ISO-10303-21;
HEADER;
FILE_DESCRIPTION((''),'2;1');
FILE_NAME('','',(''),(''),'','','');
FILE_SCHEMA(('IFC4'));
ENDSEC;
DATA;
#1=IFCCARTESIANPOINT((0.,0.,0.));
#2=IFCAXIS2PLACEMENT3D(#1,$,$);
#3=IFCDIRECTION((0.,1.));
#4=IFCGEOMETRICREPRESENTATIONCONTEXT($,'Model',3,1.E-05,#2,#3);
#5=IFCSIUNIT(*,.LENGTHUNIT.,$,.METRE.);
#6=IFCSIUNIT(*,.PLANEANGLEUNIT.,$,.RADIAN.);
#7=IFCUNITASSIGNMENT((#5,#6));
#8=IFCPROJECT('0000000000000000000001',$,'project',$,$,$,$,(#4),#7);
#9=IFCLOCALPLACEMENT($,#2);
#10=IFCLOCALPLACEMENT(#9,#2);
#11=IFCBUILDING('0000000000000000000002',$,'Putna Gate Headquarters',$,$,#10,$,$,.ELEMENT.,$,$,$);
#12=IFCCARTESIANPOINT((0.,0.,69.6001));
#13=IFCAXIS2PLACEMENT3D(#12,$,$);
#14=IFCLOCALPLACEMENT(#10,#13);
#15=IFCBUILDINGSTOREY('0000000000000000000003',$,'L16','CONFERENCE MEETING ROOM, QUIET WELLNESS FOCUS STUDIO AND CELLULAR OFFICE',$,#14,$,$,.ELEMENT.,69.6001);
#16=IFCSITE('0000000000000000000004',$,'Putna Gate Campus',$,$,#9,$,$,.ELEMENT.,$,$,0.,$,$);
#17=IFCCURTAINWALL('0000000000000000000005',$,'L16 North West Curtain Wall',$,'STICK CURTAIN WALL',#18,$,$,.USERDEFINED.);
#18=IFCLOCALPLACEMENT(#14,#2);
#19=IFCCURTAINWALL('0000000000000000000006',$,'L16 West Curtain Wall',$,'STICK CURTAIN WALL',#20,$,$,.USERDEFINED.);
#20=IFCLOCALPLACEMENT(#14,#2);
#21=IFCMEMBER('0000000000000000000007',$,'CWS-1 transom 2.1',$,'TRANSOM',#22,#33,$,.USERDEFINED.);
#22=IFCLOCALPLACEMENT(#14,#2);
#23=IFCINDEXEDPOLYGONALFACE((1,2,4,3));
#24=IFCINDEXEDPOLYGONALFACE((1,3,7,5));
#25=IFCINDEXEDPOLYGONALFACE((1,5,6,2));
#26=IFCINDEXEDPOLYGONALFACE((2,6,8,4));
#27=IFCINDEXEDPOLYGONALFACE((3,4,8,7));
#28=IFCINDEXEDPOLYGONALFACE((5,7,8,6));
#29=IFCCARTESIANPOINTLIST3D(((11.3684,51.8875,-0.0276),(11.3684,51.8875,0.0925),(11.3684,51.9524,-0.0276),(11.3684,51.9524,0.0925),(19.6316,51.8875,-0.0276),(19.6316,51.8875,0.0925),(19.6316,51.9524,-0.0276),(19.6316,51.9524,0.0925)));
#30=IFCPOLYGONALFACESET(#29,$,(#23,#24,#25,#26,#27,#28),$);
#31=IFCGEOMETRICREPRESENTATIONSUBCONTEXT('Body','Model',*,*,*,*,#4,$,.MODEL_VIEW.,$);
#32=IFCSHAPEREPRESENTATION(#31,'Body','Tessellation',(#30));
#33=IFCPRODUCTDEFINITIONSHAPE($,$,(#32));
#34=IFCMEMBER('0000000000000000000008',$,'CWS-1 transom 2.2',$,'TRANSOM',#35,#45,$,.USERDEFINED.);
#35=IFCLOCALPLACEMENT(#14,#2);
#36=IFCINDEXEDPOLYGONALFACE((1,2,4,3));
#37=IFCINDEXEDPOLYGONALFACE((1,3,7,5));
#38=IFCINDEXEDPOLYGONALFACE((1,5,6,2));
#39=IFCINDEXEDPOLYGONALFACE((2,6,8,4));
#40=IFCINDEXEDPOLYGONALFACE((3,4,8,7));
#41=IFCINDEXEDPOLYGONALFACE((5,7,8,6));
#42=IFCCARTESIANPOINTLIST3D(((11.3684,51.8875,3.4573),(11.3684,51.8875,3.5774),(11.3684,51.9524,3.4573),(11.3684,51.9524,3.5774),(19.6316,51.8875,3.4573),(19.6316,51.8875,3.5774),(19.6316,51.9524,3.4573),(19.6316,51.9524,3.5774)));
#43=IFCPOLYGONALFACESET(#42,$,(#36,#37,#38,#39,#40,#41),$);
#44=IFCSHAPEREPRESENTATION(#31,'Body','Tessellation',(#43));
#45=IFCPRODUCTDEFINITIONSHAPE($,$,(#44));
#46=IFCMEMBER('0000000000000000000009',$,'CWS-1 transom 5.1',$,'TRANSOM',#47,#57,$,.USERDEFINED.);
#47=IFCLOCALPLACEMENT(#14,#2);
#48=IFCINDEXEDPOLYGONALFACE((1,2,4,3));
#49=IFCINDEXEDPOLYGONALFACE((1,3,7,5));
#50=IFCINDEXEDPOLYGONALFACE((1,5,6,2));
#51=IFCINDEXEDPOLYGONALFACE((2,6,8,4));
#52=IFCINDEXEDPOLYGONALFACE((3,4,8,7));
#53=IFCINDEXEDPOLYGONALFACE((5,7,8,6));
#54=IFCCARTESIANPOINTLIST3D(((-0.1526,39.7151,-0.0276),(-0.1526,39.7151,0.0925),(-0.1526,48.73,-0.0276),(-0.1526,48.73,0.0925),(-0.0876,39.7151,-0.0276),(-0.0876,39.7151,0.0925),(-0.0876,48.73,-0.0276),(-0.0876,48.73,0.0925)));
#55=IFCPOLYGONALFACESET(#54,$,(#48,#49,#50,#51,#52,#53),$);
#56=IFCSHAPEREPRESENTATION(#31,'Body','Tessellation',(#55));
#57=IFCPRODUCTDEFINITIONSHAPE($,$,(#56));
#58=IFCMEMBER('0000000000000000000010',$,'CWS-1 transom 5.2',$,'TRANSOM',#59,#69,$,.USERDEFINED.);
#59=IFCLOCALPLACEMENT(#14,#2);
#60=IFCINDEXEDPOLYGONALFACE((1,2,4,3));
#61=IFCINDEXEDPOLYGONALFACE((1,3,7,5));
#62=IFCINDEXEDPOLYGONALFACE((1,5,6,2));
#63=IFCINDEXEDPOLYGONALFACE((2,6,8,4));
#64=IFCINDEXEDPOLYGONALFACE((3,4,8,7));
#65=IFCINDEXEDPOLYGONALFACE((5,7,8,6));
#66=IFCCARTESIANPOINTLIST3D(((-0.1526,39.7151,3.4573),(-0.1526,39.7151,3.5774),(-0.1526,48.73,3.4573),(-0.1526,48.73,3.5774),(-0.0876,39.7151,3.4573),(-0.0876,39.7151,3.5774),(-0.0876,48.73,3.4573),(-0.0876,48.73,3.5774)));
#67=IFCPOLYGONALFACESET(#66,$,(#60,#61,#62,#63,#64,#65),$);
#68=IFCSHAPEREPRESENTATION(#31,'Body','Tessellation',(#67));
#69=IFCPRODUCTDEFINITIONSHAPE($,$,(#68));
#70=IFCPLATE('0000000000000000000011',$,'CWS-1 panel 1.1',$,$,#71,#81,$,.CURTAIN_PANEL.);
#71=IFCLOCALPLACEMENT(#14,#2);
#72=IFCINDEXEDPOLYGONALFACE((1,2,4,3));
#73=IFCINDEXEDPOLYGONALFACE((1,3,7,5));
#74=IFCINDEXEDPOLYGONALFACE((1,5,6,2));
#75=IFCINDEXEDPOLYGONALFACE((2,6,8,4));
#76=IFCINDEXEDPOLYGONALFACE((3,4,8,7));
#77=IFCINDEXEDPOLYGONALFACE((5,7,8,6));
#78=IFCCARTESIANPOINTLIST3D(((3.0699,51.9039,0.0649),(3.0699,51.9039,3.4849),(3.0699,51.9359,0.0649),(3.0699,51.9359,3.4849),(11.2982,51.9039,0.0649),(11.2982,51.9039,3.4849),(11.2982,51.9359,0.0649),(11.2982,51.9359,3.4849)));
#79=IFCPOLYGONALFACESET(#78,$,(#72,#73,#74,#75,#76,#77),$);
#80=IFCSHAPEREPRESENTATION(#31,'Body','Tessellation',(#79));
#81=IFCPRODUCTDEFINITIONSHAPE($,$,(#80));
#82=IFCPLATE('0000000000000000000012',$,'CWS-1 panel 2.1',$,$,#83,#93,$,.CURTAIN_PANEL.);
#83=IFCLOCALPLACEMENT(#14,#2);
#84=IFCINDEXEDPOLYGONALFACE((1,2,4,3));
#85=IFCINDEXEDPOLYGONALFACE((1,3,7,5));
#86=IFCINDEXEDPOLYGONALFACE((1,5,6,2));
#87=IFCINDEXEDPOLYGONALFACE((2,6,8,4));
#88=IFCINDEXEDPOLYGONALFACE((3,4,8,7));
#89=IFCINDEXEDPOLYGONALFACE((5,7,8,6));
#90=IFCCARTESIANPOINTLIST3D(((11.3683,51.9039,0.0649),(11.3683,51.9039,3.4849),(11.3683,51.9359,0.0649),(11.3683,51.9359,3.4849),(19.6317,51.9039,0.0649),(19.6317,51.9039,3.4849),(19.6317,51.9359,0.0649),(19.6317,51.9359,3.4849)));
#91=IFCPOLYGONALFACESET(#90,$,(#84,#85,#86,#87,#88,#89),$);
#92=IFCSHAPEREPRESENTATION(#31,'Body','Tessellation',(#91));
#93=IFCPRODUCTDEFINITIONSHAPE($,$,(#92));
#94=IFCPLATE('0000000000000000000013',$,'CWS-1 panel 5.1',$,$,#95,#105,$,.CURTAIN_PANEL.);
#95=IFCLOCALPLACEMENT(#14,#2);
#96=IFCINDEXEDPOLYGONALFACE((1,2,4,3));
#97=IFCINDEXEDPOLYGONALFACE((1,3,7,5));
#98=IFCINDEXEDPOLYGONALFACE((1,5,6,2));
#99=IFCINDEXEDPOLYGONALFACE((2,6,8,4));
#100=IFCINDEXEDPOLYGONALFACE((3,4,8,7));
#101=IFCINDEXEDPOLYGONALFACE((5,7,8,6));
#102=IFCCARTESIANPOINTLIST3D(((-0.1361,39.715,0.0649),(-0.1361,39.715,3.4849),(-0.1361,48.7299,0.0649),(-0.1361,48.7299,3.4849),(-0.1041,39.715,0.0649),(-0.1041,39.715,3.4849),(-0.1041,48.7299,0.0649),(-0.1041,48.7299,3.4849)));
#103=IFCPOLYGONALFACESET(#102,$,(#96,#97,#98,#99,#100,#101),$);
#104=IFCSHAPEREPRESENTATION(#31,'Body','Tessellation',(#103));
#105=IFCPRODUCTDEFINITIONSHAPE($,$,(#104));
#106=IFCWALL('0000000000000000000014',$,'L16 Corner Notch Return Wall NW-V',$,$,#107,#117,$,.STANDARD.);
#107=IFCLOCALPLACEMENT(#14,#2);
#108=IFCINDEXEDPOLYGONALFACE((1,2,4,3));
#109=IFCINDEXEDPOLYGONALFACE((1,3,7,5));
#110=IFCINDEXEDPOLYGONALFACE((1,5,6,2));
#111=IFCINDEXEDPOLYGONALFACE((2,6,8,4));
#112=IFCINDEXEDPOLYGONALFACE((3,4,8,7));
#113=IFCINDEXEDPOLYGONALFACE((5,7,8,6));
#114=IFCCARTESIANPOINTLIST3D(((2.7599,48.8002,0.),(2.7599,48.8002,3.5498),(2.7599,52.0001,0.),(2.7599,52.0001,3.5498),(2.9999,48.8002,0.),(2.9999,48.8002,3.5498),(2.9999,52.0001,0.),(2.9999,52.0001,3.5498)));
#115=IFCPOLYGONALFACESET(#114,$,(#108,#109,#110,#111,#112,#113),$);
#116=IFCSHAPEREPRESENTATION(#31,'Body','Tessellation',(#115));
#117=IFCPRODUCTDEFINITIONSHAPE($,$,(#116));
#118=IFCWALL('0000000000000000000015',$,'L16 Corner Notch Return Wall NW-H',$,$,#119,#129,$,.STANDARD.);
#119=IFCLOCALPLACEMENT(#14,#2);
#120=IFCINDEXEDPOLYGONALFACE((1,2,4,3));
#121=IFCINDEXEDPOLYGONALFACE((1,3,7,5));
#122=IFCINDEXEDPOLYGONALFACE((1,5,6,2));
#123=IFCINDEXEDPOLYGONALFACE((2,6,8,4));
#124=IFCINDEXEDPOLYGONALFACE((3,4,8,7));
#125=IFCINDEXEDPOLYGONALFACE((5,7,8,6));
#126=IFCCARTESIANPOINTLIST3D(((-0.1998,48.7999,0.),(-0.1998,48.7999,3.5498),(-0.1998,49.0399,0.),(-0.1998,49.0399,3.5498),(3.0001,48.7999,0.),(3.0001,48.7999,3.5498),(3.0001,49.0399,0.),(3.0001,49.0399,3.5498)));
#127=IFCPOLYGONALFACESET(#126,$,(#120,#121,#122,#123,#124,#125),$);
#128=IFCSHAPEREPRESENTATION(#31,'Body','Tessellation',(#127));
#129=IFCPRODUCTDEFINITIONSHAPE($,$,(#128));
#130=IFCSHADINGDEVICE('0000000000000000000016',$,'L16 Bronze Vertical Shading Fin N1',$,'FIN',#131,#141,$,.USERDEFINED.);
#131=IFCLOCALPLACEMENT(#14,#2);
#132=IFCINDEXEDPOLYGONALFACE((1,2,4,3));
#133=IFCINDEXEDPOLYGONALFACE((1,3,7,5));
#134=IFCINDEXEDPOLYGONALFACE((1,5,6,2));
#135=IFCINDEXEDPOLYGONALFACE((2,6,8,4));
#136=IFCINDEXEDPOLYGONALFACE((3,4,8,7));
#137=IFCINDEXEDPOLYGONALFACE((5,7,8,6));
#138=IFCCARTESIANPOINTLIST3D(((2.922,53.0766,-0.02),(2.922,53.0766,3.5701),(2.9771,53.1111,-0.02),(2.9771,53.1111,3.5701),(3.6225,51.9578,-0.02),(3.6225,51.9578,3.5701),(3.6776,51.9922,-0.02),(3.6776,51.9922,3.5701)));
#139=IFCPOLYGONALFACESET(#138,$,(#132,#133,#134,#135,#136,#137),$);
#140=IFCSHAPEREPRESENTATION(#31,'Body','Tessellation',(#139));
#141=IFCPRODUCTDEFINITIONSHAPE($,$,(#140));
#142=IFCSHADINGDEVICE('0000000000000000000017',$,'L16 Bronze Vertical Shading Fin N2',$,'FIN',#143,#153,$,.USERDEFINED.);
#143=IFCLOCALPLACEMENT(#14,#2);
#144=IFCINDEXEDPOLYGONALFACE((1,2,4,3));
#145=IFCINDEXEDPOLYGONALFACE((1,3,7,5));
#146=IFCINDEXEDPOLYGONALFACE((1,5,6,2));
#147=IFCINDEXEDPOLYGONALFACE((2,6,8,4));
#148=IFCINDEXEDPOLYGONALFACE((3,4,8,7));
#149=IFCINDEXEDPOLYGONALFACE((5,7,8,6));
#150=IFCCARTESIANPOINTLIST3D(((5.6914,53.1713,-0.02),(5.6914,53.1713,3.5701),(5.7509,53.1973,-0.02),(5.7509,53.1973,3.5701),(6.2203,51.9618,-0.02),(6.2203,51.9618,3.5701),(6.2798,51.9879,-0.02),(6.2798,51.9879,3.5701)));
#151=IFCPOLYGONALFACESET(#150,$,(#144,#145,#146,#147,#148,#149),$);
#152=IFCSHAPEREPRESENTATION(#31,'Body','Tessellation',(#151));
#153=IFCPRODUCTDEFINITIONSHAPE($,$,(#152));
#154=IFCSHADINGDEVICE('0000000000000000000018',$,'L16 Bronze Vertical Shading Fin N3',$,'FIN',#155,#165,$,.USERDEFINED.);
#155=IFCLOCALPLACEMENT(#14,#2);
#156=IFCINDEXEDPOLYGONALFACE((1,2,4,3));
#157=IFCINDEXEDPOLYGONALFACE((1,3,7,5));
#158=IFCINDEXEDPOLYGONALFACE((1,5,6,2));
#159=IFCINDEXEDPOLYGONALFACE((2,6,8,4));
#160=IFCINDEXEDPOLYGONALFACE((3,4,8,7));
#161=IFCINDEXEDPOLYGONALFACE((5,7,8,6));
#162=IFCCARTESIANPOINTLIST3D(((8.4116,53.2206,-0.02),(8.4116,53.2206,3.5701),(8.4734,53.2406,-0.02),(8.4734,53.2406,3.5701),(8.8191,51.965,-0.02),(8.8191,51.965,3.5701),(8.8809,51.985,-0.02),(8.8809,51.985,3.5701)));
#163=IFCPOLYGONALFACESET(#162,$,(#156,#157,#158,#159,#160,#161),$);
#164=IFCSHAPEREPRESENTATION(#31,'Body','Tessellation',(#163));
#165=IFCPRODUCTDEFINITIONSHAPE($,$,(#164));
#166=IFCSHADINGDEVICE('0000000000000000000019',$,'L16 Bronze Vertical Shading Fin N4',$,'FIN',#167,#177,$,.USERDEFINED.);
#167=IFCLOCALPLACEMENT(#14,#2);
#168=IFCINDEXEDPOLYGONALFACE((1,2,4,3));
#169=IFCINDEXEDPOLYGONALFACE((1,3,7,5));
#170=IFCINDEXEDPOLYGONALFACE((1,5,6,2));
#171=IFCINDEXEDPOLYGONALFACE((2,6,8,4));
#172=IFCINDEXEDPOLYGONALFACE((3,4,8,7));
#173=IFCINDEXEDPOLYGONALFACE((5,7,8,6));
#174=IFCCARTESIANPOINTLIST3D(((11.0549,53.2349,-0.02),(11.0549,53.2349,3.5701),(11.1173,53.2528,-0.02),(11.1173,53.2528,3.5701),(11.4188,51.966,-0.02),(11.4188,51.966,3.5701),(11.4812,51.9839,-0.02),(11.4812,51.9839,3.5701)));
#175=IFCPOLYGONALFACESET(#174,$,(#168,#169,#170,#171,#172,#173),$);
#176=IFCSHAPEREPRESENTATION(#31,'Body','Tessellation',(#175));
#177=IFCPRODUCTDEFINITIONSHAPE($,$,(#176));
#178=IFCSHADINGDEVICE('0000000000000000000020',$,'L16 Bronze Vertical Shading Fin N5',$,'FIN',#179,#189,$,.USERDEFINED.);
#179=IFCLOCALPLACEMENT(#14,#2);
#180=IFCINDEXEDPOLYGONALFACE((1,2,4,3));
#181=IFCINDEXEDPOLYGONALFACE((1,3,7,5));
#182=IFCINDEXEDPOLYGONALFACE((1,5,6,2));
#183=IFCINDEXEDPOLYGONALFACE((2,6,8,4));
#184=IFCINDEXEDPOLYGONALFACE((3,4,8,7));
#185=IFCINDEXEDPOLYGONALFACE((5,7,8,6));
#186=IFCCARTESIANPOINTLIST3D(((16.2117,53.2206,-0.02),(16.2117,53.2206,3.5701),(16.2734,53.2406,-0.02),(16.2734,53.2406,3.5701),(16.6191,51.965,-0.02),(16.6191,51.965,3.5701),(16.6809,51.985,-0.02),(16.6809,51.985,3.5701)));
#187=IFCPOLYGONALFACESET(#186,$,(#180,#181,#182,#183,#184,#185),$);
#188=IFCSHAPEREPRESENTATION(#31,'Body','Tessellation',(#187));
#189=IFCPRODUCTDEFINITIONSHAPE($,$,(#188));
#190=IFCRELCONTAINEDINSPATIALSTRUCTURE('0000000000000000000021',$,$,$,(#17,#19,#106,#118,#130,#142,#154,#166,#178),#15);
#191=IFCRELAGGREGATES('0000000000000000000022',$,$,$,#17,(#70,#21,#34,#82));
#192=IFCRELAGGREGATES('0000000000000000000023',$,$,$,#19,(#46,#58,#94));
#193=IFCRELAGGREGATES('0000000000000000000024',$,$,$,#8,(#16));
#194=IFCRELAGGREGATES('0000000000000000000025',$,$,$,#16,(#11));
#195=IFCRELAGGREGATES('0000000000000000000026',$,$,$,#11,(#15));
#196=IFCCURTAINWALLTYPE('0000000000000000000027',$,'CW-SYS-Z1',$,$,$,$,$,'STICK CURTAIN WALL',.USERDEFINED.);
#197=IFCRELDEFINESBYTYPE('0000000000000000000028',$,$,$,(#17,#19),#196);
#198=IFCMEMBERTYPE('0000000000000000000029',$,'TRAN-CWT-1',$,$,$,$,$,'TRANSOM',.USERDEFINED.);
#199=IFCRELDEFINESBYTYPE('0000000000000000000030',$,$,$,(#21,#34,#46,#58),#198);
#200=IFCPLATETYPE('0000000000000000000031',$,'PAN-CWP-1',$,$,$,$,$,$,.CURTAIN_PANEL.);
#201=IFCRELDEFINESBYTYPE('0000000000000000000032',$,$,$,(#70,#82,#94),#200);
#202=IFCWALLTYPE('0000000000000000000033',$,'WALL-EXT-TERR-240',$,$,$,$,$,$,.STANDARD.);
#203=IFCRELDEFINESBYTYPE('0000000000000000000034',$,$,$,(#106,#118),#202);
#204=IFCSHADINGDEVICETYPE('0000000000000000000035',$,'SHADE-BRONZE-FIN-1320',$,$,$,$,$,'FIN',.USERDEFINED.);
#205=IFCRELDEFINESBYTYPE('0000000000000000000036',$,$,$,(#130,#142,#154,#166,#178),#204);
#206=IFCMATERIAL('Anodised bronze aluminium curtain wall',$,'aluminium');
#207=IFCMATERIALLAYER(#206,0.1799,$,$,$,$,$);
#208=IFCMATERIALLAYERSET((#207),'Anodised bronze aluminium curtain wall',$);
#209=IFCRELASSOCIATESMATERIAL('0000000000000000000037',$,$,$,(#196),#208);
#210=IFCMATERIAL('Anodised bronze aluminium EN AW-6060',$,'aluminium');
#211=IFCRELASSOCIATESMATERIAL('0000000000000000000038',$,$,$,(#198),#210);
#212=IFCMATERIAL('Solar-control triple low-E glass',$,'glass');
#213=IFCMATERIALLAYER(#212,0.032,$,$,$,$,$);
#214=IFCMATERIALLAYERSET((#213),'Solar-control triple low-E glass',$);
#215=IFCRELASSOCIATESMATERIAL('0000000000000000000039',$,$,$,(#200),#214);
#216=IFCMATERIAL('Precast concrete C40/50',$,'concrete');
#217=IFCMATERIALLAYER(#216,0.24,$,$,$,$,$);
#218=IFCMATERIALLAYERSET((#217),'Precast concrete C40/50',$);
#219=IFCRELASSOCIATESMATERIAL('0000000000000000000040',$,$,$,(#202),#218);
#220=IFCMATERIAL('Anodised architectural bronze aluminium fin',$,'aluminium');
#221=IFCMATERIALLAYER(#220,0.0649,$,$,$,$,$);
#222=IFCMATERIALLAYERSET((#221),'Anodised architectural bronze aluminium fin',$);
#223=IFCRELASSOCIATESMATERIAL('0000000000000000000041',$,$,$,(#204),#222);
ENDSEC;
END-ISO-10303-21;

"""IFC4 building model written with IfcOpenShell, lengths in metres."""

from ifc_helpers import new_model, si_unit, direction, frame, frame_2d, origin, origin_2d, place, context, subcontext, project, spatial, rectangle, extrude, material, layer, layer_set, material_profile, profile_set, type_object, element, aggregate, save


model = new_model("IFC4")

# Units and contexts
model_context = context("Model", 3, precision=1e-05, world=origin(), true_north=direction((0.0, 1.0)))
body_context = subcontext(model_context, "Body", "Model", "MODEL_VIEW")
ifc_project = project(units=[si_unit("LENGTHUNIT", "METRE"), si_unit("PLANEANGLEUNIT", "RADIAN")], contexts=[model_context])

# Site, building, storey
site_placement = place(None, origin())
site = spatial("IfcSite", under=ifc_project, at=site_placement, Name="Putna Gate Campus", CompositionType="ELEMENT", RefElevation=0.0)
building_placement = place(site_placement, origin())
building = spatial("IfcBuilding", under=site, at=building_placement, Name="Putna Gate Headquarters", CompositionType="ELEMENT")
storey_placement = place(building_placement, frame((0.0, 0.0, 69.6001)))
storey = spatial("IfcBuildingStorey", under=building, at=storey_placement, Name="L16", Description="CONFERENCE MEETING ROOM, QUIET WELLNESS FOCUS STUDIO AND CELLULAR OFFICE", CompositionType="ELEMENT", Elevation=69.6001)

# Curtain walls
ifc_material_1 = material(Name="Anodised bronze aluminium curtain wall", Category="aluminium")
ifc_layer_1 = layer(ifc_material_1, 0.1799)
ifc_layer_set_1 = layer_set([ifc_layer_1], Name="Anodised bronze aluminium curtain wall")
curtain_wall_type = type_object("IfcCurtainWallType", Name="CW-SYS-Z1", ElementType="STICK CURTAIN WALL", PredefinedType="USERDEFINED", material=ifc_layer_set_1)
curtain_wall_1_placement = place(storey_placement, origin())
curtain_wall_1 = element("IfcCurtainWall", 1, at=curtain_wall_1_placement, inside=storey, type_object=curtain_wall_type, Name="L16 North West Curtain Wall", ObjectType="STICK CURTAIN WALL", PredefinedType="USERDEFINED")
ifc_material_2 = material(Name="Anodised bronze aluminium EN AW-6060", Category="aluminium")
curtain_wall_2_placement = place(storey_placement, origin())
curtain_wall_2 = element("IfcCurtainWall", 2, at=curtain_wall_2_placement, inside=storey, type_object=curtain_wall_type, Name="L16 West Curtain Wall", ObjectType="STICK CURTAIN WALL", PredefinedType="USERDEFINED")

# Members
ifc_material_profile_1 = material_profile(ifc_material_2, rectangle(XDim=0.0649, YDim=0.1201, at=origin_2d()), Name="Anodised bronze aluminium EN AW-6060")
ifc_profile_set_1 = profile_set([ifc_material_profile_1], Name="Anodised bronze aluminium EN AW-6060")
member_type_1 = type_object("IfcMemberType", Name="TRAN-CWT-1", ElementType="TRANSOM", PredefinedType="USERDEFINED", material=ifc_profile_set_1)
member_1_placement = place(storey_placement, frame((11.3684, 51.9199, 0.0325), z_axis=(1.0, 0.0, 0.0), x_axis=(0.0, 1.0, 0.0)))
member_1 = element("IfcMember", 3, at=member_1_placement, type_object=member_type_1, Name="CWS-1 transom 2.1", ObjectType="TRANSOM", PredefinedType="USERDEFINED", context=body_context, shape_type="SweptSolid", body=[
    extrude(rectangle(XDim=0.0649, YDim=0.1201, at=origin_2d()), origin(), (0.0, 0.0, 1.0), 8.2632),
])
member_2_placement = place(storey_placement, frame((11.3684, 51.9199, 3.5173), z_axis=(1.0, 0.0, 0.0), x_axis=(0.0, 1.0, 0.0)))
member_2 = element("IfcMember", 4, at=member_2_placement, type_object=member_type_1, Name="CWS-1 transom 2.2", ObjectType="TRANSOM", PredefinedType="USERDEFINED", context=body_context, shape_type="SweptSolid", body=[
    extrude(rectangle(XDim=0.0649, YDim=0.1201, at=origin_2d()), origin(), (0.0, 0.0, 1.0), 8.2632),
])
member_3_placement = place(storey_placement, frame((-0.1201, 39.7151, 0.0325), z_axis=(0.0, 1.0, 0.0), x_axis=(-1.0, 0.0, 0.0)))
member_3 = element("IfcMember", 5, at=member_3_placement, type_object=member_type_1, Name="CWS-1 transom 5.1", ObjectType="TRANSOM", PredefinedType="USERDEFINED", context=body_context, shape_type="SweptSolid", body=[
    extrude(rectangle(XDim=0.0649, YDim=0.1201, at=origin_2d()), origin(), (0.0, 0.0, 1.0), 9.0149),
])
member_4_placement = place(storey_placement, frame((-0.1201, 39.7151, 3.5173), z_axis=(0.0, 1.0, 0.0), x_axis=(-1.0, 0.0, 0.0)))
member_4 = element("IfcMember", 6, at=member_4_placement, type_object=member_type_1, Name="CWS-1 transom 5.2", ObjectType="TRANSOM", PredefinedType="USERDEFINED", context=body_context, shape_type="SweptSolid", body=[
    extrude(rectangle(XDim=0.0649, YDim=0.1201, at=origin_2d()), origin(), (0.0, 0.0, 1.0), 9.0149),
])

# Plates
ifc_material_3 = material(Name="Solar-control triple low-E glass", Category="glass")
ifc_layer_2 = layer(ifc_material_3, 0.032)
ifc_layer_set_2 = layer_set([ifc_layer_2], Name="Solar-control triple low-E glass")
plate_type = type_object("IfcPlateType", Name="PAN-CWP-1", PredefinedType="CURTAIN_PANEL", material=ifc_layer_set_2)
plate_1_placement = place(storey_placement, frame((7.1841, 51.9199, 0.0649), z_axis=(0.0, 0.0, 1.0), x_axis=(1.0, 0.0, 0.0)))
plate_1 = element("IfcPlate", 7, at=plate_1_placement, type_object=plate_type, Name="CWS-1 panel 1.1", PredefinedType="CURTAIN_PANEL", context=body_context, shape_type="SweptSolid", body=[
    extrude(rectangle(XDim=8.2283, YDim=0.032, at=origin_2d()), origin(), (0.0, 0.0, 1.0), 3.4199),
])
plate_2_placement = place(storey_placement, frame((15.5, 51.9199, 0.0649), z_axis=(0.0, 0.0, 1.0), x_axis=(1.0, 0.0, 0.0)))
plate_2 = element("IfcPlate", 8, at=plate_2_placement, type_object=plate_type, Name="CWS-1 panel 2.1", PredefinedType="CURTAIN_PANEL", context=body_context, shape_type="SweptSolid", body=[
    extrude(rectangle(XDim=8.2634, YDim=0.032, at=origin_2d()), origin(), (0.0, 0.0, 1.0), 3.4199),
])
aggregate(curtain_wall_1, [plate_1, member_1, member_2, plate_2])
plate_3_placement = place(storey_placement, frame((-0.1201, 44.2224, 0.0649), z_axis=(0.0, 0.0, 1.0), x_axis=(0.0, 1.0, 0.0)))
plate_3 = element("IfcPlate", 9, at=plate_3_placement, type_object=plate_type, Name="CWS-1 panel 5.1", PredefinedType="CURTAIN_PANEL", context=body_context, shape_type="SweptSolid", body=[
    extrude(rectangle(XDim=9.0149, YDim=0.032, at=origin_2d()), origin(), (0.0, 0.0, 1.0), 3.4199),
])
aggregate(curtain_wall_2, [member_3, member_4, plate_3])

# Walls
ifc_material_4 = material(Name="Precast concrete C40/50", Category="concrete")
ifc_layer_3 = layer(ifc_material_4, 0.24)
ifc_layer_set_3 = layer_set([ifc_layer_3], Name="Precast concrete C40/50")
wall_type = type_object("IfcWallType", Name="WALL-EXT-TERR-240", PredefinedType="STANDARD", material=ifc_layer_set_3)
for number, where, z_axis, x_axis, name in (
    (10, (2.8799, 48.8, 0.0), (0.0, 0.0, 1.0), (0.0, 1.0, 0.0), "L16 Corner Notch Return Wall NW-V"),
    (11, (-0.2, 48.9199, 0.0), (0.0, 0.0, 1.0), (1.0, 0.0, 0.0), "L16 Corner Notch Return Wall NW-H"),
):
    element("IfcWall", number, at=place(storey_placement, frame(where, z_axis=z_axis, x_axis=x_axis)), inside=storey, type_object=wall_type, Name=name, PredefinedType="STANDARD", context=body_context, shape_type="SweptSolid", body=[
        extrude(rectangle(XDim=3.2, YDim=0.24, at=frame_2d((1.6001, 0.0))), origin(), (0.0, 0.0, 1.0), 3.5498),
    ])

# Shading devices
ifc_material_5 = material(Name="Anodised architectural bronze aluminium fin", Category="aluminium")
ifc_layer_4 = layer(ifc_material_5, 0.0649)
ifc_layer_set_4 = layer_set([ifc_layer_4], Name="Anodised architectural bronze aluminium fin")
shading_device_type = type_object("IfcShadingDeviceType", Name="SHADE-BRONZE-FIN-1320", ElementType="FIN", PredefinedType="USERDEFINED", material=ifc_layer_set_4)
for number, where, z_axis, x_axis, name in (
    (12, (3.2998, 52.5344, -0.02), (0.0, 0.0, 1.0), (-0.530659, 0.847585, 0.0), "L16 Bronze Vertical Shading Fin N1"),
    (13, (5.9856, 52.5796, -0.02), (0.0, 0.0, 1.0), (-0.400669, 0.916223, 0.0), "L16 Bronze Vertical Shading Fin N2"),
    (14, (8.6462, 52.6028, -0.02), (0.0, 0.0, 1.0), (-0.308685, 0.951164, 0.0), "L16 Bronze Vertical Shading Fin N3"),
    (15, (11.2681, 52.6094, -0.02), (0.0, 0.0, 1.0), (-0.275637, 0.961262, 0.0), "L16 Bronze Vertical Shading Fin N4"),
    (16, (16.4463, 52.6028, -0.02), (0.0, 0.0, 1.0), (-0.308685, 0.951164, 0.0), "L16 Bronze Vertical Shading Fin N5"),
):
    element("IfcShadingDevice", number, at=place(storey_placement, frame(where, z_axis=z_axis, x_axis=x_axis)), inside=storey, type_object=shading_device_type, Name=name, ObjectType="FIN", PredefinedType="USERDEFINED", context=body_context, shape_type="SweptSolid", body=[
        extrude(rectangle(XDim=1.3201, YDim=0.0649, at=origin_2d()), origin(), (0.0, 0.0, 1.0), 3.5901),
    ])

save(model, "model.ifc")
